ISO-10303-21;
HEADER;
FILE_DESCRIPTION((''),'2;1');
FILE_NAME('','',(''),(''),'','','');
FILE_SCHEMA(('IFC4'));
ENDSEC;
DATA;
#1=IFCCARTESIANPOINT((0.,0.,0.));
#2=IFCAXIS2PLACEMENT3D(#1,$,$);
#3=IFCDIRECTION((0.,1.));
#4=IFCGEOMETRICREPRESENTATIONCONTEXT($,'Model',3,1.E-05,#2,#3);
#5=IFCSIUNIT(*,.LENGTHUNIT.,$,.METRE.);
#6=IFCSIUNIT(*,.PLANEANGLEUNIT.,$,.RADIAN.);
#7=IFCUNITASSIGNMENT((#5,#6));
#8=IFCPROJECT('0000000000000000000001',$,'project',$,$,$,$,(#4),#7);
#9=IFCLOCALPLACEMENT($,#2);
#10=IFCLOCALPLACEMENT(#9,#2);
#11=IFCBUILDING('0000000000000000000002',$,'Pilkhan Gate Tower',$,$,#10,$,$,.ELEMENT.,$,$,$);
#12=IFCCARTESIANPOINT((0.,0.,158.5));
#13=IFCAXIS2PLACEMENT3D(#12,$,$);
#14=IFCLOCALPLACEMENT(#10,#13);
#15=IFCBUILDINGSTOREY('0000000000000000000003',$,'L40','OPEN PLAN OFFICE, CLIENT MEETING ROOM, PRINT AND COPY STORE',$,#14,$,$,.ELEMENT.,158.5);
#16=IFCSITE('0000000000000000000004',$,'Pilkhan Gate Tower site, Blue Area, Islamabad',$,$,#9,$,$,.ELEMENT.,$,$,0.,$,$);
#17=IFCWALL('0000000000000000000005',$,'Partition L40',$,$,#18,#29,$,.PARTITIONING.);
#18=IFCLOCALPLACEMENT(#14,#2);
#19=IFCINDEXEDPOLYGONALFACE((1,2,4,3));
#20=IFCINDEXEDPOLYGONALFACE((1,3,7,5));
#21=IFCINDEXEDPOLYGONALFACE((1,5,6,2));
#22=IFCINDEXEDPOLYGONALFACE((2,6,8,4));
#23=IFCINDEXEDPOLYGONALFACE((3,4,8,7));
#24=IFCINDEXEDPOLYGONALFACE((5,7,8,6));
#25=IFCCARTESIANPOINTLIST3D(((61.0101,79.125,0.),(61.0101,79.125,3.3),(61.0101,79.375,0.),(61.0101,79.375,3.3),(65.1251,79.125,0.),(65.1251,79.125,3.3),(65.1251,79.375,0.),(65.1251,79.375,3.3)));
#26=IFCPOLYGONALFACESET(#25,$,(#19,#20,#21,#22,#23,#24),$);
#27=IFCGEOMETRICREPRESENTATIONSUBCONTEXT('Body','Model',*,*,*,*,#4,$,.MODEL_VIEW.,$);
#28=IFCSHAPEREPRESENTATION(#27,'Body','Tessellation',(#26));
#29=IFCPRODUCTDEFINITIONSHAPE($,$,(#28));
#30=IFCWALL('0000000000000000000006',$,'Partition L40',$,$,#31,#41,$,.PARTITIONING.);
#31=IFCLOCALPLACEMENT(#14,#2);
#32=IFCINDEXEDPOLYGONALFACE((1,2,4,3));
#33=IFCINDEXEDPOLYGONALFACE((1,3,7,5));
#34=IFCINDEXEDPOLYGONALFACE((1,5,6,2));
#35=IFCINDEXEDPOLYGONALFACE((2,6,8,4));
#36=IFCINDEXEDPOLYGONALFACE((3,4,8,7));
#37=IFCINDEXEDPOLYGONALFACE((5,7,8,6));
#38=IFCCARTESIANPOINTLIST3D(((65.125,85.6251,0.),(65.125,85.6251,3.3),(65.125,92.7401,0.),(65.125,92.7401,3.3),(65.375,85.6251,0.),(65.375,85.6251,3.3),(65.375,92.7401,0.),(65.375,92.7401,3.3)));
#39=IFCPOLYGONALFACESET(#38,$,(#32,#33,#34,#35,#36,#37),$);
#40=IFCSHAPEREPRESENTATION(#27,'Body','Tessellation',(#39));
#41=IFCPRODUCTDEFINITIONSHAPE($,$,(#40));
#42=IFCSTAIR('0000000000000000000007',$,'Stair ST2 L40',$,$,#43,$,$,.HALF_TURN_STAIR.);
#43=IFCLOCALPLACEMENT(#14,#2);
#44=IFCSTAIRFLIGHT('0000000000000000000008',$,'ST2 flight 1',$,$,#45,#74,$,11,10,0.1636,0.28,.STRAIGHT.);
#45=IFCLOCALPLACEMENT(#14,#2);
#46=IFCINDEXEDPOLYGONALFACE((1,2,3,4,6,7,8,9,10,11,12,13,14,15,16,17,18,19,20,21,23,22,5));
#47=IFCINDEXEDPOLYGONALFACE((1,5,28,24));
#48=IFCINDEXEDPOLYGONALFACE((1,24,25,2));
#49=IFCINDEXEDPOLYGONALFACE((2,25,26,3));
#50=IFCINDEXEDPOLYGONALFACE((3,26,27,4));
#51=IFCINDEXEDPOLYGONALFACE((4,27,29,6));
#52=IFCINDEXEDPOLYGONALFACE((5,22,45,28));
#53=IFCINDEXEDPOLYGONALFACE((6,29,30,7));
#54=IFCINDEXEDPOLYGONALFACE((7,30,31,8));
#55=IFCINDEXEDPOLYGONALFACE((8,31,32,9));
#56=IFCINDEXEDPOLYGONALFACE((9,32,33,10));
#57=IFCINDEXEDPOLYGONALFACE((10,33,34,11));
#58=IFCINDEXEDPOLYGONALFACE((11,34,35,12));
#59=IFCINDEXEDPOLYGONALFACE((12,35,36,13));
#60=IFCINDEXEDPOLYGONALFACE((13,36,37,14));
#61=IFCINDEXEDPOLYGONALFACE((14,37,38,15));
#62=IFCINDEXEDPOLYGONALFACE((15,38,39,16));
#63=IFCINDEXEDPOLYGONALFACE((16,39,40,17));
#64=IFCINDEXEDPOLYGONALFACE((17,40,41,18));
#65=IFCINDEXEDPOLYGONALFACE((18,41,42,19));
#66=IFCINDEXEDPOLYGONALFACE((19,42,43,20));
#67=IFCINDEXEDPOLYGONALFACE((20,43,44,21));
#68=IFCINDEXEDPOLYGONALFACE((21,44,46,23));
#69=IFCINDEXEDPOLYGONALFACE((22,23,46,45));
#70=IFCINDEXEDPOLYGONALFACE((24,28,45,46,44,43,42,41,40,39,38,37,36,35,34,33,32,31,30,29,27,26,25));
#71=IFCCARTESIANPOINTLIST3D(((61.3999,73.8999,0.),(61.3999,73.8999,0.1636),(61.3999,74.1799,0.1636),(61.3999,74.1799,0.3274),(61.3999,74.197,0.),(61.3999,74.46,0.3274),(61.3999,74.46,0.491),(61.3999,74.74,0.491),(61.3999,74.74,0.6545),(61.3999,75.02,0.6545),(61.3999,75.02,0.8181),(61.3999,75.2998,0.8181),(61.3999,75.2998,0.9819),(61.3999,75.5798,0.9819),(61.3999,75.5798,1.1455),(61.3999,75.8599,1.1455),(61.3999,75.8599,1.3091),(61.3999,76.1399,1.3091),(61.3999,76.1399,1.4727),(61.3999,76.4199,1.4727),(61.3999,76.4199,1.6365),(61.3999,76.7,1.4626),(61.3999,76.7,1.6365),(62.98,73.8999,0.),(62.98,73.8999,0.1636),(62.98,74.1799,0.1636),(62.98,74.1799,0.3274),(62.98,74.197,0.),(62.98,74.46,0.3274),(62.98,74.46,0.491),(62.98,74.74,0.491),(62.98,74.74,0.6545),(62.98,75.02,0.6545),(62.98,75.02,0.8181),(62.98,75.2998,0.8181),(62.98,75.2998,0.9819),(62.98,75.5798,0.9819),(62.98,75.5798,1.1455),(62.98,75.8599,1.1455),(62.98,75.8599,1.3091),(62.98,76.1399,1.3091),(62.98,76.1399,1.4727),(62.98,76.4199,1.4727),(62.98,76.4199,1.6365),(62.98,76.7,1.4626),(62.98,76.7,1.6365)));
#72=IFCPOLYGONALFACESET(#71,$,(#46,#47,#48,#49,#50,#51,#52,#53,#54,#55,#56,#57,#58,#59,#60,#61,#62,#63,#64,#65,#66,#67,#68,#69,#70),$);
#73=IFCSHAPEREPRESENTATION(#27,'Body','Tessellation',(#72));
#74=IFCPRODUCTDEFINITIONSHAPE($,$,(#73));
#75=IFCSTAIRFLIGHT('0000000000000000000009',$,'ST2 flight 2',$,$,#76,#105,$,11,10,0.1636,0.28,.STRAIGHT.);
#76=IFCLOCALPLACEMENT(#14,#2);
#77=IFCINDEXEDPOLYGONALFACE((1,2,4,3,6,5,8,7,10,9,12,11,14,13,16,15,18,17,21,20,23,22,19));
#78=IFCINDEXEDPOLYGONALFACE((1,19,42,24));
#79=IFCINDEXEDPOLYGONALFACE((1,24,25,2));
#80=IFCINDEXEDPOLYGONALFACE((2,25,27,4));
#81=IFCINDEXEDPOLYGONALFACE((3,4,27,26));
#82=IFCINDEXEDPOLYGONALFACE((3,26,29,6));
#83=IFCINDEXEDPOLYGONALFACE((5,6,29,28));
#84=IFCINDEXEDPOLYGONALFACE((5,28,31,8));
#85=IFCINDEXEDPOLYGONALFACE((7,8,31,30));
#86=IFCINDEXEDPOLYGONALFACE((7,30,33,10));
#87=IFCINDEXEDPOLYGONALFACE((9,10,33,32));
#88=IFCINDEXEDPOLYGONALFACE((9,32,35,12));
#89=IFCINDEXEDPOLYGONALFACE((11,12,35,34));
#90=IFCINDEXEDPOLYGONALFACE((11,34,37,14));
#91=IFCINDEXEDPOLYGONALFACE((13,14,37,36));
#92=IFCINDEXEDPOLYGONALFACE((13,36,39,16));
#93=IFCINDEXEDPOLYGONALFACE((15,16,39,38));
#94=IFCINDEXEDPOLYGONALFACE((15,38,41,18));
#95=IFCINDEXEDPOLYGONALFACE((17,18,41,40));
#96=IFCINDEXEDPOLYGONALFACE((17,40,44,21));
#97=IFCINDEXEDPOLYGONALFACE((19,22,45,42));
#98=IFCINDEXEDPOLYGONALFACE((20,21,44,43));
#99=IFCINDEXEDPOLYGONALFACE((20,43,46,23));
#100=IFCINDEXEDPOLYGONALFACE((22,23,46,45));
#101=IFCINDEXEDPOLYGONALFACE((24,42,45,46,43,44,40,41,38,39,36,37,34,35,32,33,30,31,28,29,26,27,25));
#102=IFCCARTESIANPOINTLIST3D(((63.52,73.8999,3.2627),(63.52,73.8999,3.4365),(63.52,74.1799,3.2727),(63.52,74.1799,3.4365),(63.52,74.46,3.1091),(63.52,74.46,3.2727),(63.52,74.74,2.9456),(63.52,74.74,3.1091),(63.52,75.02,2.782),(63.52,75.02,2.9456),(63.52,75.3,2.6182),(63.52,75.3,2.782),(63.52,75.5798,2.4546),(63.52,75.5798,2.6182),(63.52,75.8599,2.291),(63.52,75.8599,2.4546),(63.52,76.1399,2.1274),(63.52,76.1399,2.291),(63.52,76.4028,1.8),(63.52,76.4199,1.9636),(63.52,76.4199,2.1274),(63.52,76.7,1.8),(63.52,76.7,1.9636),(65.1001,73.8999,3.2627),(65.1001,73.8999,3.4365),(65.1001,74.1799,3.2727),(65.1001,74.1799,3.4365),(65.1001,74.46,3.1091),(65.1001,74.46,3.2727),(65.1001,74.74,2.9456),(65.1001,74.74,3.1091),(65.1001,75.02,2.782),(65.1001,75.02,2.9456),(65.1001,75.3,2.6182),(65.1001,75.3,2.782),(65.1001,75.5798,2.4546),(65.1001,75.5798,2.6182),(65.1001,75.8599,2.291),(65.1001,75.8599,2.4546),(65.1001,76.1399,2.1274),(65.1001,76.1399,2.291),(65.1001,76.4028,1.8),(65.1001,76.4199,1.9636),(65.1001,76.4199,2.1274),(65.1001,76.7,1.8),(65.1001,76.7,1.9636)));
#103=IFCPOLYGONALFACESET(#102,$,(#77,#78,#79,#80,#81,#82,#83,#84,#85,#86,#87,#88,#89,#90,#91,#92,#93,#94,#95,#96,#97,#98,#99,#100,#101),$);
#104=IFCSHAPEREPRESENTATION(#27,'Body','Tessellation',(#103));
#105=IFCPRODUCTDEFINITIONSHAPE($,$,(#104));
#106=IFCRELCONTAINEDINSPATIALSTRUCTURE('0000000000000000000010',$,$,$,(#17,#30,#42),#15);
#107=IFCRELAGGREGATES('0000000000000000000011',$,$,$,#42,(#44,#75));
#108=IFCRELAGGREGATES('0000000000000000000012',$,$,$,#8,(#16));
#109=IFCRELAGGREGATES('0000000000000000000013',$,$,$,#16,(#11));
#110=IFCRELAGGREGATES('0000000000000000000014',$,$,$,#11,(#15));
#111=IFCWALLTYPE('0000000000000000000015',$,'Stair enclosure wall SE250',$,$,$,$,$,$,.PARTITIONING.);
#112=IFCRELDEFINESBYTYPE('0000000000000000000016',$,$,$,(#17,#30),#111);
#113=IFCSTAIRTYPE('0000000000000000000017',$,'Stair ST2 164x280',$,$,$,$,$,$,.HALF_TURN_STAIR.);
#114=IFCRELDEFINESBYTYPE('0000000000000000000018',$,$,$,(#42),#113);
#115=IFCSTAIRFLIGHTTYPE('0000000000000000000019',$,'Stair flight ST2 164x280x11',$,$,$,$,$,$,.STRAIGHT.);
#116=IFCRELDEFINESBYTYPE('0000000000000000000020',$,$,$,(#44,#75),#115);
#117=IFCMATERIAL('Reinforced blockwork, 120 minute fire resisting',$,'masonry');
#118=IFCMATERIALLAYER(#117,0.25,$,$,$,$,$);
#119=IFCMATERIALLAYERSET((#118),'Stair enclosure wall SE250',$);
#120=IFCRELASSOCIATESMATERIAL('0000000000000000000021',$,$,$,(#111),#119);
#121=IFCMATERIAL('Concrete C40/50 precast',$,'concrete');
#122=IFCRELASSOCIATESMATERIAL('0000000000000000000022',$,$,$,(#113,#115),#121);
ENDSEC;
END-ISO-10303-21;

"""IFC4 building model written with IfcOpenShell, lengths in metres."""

from ifc_helpers import new_model, si_unit, direction, frame, frame_2d, origin, place, context, subcontext, project, spatial, polyline, rectangle, outline, extrude, material, layer, layer_set, type_object, element, aggregate, save


model = new_model("IFC4")

# Units and contexts
model_context = context("Model", 3, precision=1e-05, world=origin(), true_north=direction((0.0, 1.0)))
body_context = subcontext(model_context, "Body", "Model", "MODEL_VIEW")
ifc_project = project(units=[si_unit("LENGTHUNIT", "METRE"), si_unit("PLANEANGLEUNIT", "RADIAN")], contexts=[model_context])

# Site, building, storey
site_placement = place(None, origin())
site = spatial("IfcSite", under=ifc_project, at=site_placement, Name="Pilkhan Gate Tower site, Blue Area, Islamabad", CompositionType="ELEMENT", RefElevation=0.0)
building_placement = place(site_placement, origin())
building = spatial("IfcBuilding", under=site, at=building_placement, Name="Pilkhan Gate Tower", CompositionType="ELEMENT")
storey_placement = place(building_placement, frame((0.0, 0.0, 158.5)))
storey = spatial("IfcBuildingStorey", under=building, at=storey_placement, Name="L40", Description="OPEN PLAN OFFICE, CLIENT MEETING ROOM, PRINT AND COPY STORE", CompositionType="ELEMENT", Elevation=158.5)

# Walls
ifc_material_1 = material(Name="Reinforced blockwork, 120 minute fire resisting", Category="masonry")
ifc_layer_1 = layer(ifc_material_1, 0.25)
ifc_layer_set_1 = layer_set([ifc_layer_1], Name="Stair enclosure wall SE250")
wall_type_1 = type_object("IfcWallType", Name="Stair enclosure wall SE250", PredefinedType="PARTITIONING", material=ifc_layer_set_1)
wall_1_placement = place(storey_placement, frame((61.01, 79.25, 0.0), z_axis=(0.0, 0.0, 1.0), x_axis=(1.0, 0.0, 0.0)))
element("IfcWall", 1, at=wall_1_placement, inside=storey, type_object=wall_type_1, Name="Partition L40", PredefinedType="PARTITIONING", context=body_context, shape_type="SweptSolid", body=[
    extrude(rectangle(XDim=4.115, YDim=0.25, at=frame_2d((2.0576, 0.0))), origin(), (0.0, 0.0, 1.0), 3.3),
])
wall_2_placement = place(storey_placement, frame((65.25, 85.625, 0.0), z_axis=(0.0, 0.0, 1.0), x_axis=(0.0, 1.0, 0.0)))
element("IfcWall", 2, at=wall_2_placement, inside=storey, type_object=wall_type_1, Name="Partition L40", PredefinedType="PARTITIONING", context=body_context, shape_type="SweptSolid", body=[
    extrude(rectangle(XDim=7.115, YDim=0.25, at=frame_2d((3.5576, 0.0))), origin(), (0.0, 0.0, 1.0), 3.3),
])

# Stair, stair flights
ifc_material_2 = material(Name="Concrete C40/50 precast", Category="concrete")
stair_type = type_object("IfcStairType", Name="Stair ST2 164x280", PredefinedType="HALF_TURN_STAIR", material=ifc_material_2)
stair_placement = place(storey_placement, origin())
stair = element("IfcStair", 3, at=stair_placement, inside=storey, type_object=stair_type, Name="Stair ST2 L40", PredefinedType="HALF_TURN_STAIR")
stair_flight_type = type_object("IfcStairFlightType", Name="Stair flight ST2 164x280x11", PredefinedType="STRAIGHT", material=ifc_material_2)
stair_flight_1_placement = place(storey_placement, frame((62.1899, 73.8999, 0.0), z_axis=(0.0, 0.0, 1.0), x_axis=(0.0, 1.0, 0.0)))
stair_flight_1 = element("IfcStairFlight", 4, at=stair_flight_1_placement, type_object=stair_flight_type, Name="ST2 flight 1", NumberOfRisers=11, NumberOfTreads=10, PredefinedType="STRAIGHT", RiserHeight=0.1636, TreadLength=0.28, context=body_context, shape_type="SweptSolid", body=[
    extrude(outline(polyline([(0.0, 0.0), (0.0, 0.1636), (0.28, 0.1636), (0.28, 0.3274), (0.5601, 0.3274), (0.5601, 0.491), (0.8401, 0.491), (0.8401, 0.6545), (1.1201, 0.6545), (1.1201, 0.8181), (1.3999, 0.8181), (1.3999, 0.9819), (1.6799, 0.9819), (1.6799, 1.1455), (1.96, 1.1455), (1.96, 1.3091), (2.24, 1.3091), (2.24, 1.4727), (2.52, 1.4727), (2.52, 1.6365), (2.8, 1.6365), (2.8, 1.8), (2.8, 1.4626), (0.2971, 0.0), (0.0, 0.0)])), frame((0.0, 0.79, 0.0), z_axis=(0.0, -1.0, 0.0), x_axis=(1.0, 0.0, 0.0)), (0.0, 0.0, 1.0), 1.5801),
])
stair_flight_2_placement = place(storey_placement, frame((64.3101, 76.7, 1.8), z_axis=(0.0, 0.0, 1.0), x_axis=(0.0, -1.0, 0.0)))
stair_flight_2 = element("IfcStairFlight", 5, at=stair_flight_2_placement, type_object=stair_flight_type, Name="ST2 flight 2", NumberOfRisers=11, NumberOfTreads=10, PredefinedType="STRAIGHT", RiserHeight=0.1636, TreadLength=0.28, context=body_context, shape_type="SweptSolid", body=[
    extrude(outline(polyline([(0.0, 0.0), (0.0, 0.1636), (0.28, 0.1636), (0.28, 0.3274), (0.5601, 0.3274), (0.5601, 0.491), (0.8401, 0.491), (0.8401, 0.6545), (1.1201, 0.6545), (1.1201, 0.8181), (1.3999, 0.8181), (1.3999, 0.9819), (1.6799, 0.9819), (1.6799, 1.1455), (1.96, 1.1455), (1.96, 1.3091), (2.24, 1.3091), (2.24, 1.4727), (2.52, 1.4727), (2.52, 1.6365), (2.8, 1.6365), (2.8, 1.8), (2.8, 1.4626), (0.2971, 0.0), (0.0, 0.0)])), frame((0.0, 0.79, 0.0), z_axis=(0.0, -1.0, 0.0), x_axis=(1.0, 0.0, 0.0)), (0.0, 0.0, 1.0), 1.5801),
])
aggregate(stair, [stair_flight_1, stair_flight_2])

save(model, "model.ifc")
